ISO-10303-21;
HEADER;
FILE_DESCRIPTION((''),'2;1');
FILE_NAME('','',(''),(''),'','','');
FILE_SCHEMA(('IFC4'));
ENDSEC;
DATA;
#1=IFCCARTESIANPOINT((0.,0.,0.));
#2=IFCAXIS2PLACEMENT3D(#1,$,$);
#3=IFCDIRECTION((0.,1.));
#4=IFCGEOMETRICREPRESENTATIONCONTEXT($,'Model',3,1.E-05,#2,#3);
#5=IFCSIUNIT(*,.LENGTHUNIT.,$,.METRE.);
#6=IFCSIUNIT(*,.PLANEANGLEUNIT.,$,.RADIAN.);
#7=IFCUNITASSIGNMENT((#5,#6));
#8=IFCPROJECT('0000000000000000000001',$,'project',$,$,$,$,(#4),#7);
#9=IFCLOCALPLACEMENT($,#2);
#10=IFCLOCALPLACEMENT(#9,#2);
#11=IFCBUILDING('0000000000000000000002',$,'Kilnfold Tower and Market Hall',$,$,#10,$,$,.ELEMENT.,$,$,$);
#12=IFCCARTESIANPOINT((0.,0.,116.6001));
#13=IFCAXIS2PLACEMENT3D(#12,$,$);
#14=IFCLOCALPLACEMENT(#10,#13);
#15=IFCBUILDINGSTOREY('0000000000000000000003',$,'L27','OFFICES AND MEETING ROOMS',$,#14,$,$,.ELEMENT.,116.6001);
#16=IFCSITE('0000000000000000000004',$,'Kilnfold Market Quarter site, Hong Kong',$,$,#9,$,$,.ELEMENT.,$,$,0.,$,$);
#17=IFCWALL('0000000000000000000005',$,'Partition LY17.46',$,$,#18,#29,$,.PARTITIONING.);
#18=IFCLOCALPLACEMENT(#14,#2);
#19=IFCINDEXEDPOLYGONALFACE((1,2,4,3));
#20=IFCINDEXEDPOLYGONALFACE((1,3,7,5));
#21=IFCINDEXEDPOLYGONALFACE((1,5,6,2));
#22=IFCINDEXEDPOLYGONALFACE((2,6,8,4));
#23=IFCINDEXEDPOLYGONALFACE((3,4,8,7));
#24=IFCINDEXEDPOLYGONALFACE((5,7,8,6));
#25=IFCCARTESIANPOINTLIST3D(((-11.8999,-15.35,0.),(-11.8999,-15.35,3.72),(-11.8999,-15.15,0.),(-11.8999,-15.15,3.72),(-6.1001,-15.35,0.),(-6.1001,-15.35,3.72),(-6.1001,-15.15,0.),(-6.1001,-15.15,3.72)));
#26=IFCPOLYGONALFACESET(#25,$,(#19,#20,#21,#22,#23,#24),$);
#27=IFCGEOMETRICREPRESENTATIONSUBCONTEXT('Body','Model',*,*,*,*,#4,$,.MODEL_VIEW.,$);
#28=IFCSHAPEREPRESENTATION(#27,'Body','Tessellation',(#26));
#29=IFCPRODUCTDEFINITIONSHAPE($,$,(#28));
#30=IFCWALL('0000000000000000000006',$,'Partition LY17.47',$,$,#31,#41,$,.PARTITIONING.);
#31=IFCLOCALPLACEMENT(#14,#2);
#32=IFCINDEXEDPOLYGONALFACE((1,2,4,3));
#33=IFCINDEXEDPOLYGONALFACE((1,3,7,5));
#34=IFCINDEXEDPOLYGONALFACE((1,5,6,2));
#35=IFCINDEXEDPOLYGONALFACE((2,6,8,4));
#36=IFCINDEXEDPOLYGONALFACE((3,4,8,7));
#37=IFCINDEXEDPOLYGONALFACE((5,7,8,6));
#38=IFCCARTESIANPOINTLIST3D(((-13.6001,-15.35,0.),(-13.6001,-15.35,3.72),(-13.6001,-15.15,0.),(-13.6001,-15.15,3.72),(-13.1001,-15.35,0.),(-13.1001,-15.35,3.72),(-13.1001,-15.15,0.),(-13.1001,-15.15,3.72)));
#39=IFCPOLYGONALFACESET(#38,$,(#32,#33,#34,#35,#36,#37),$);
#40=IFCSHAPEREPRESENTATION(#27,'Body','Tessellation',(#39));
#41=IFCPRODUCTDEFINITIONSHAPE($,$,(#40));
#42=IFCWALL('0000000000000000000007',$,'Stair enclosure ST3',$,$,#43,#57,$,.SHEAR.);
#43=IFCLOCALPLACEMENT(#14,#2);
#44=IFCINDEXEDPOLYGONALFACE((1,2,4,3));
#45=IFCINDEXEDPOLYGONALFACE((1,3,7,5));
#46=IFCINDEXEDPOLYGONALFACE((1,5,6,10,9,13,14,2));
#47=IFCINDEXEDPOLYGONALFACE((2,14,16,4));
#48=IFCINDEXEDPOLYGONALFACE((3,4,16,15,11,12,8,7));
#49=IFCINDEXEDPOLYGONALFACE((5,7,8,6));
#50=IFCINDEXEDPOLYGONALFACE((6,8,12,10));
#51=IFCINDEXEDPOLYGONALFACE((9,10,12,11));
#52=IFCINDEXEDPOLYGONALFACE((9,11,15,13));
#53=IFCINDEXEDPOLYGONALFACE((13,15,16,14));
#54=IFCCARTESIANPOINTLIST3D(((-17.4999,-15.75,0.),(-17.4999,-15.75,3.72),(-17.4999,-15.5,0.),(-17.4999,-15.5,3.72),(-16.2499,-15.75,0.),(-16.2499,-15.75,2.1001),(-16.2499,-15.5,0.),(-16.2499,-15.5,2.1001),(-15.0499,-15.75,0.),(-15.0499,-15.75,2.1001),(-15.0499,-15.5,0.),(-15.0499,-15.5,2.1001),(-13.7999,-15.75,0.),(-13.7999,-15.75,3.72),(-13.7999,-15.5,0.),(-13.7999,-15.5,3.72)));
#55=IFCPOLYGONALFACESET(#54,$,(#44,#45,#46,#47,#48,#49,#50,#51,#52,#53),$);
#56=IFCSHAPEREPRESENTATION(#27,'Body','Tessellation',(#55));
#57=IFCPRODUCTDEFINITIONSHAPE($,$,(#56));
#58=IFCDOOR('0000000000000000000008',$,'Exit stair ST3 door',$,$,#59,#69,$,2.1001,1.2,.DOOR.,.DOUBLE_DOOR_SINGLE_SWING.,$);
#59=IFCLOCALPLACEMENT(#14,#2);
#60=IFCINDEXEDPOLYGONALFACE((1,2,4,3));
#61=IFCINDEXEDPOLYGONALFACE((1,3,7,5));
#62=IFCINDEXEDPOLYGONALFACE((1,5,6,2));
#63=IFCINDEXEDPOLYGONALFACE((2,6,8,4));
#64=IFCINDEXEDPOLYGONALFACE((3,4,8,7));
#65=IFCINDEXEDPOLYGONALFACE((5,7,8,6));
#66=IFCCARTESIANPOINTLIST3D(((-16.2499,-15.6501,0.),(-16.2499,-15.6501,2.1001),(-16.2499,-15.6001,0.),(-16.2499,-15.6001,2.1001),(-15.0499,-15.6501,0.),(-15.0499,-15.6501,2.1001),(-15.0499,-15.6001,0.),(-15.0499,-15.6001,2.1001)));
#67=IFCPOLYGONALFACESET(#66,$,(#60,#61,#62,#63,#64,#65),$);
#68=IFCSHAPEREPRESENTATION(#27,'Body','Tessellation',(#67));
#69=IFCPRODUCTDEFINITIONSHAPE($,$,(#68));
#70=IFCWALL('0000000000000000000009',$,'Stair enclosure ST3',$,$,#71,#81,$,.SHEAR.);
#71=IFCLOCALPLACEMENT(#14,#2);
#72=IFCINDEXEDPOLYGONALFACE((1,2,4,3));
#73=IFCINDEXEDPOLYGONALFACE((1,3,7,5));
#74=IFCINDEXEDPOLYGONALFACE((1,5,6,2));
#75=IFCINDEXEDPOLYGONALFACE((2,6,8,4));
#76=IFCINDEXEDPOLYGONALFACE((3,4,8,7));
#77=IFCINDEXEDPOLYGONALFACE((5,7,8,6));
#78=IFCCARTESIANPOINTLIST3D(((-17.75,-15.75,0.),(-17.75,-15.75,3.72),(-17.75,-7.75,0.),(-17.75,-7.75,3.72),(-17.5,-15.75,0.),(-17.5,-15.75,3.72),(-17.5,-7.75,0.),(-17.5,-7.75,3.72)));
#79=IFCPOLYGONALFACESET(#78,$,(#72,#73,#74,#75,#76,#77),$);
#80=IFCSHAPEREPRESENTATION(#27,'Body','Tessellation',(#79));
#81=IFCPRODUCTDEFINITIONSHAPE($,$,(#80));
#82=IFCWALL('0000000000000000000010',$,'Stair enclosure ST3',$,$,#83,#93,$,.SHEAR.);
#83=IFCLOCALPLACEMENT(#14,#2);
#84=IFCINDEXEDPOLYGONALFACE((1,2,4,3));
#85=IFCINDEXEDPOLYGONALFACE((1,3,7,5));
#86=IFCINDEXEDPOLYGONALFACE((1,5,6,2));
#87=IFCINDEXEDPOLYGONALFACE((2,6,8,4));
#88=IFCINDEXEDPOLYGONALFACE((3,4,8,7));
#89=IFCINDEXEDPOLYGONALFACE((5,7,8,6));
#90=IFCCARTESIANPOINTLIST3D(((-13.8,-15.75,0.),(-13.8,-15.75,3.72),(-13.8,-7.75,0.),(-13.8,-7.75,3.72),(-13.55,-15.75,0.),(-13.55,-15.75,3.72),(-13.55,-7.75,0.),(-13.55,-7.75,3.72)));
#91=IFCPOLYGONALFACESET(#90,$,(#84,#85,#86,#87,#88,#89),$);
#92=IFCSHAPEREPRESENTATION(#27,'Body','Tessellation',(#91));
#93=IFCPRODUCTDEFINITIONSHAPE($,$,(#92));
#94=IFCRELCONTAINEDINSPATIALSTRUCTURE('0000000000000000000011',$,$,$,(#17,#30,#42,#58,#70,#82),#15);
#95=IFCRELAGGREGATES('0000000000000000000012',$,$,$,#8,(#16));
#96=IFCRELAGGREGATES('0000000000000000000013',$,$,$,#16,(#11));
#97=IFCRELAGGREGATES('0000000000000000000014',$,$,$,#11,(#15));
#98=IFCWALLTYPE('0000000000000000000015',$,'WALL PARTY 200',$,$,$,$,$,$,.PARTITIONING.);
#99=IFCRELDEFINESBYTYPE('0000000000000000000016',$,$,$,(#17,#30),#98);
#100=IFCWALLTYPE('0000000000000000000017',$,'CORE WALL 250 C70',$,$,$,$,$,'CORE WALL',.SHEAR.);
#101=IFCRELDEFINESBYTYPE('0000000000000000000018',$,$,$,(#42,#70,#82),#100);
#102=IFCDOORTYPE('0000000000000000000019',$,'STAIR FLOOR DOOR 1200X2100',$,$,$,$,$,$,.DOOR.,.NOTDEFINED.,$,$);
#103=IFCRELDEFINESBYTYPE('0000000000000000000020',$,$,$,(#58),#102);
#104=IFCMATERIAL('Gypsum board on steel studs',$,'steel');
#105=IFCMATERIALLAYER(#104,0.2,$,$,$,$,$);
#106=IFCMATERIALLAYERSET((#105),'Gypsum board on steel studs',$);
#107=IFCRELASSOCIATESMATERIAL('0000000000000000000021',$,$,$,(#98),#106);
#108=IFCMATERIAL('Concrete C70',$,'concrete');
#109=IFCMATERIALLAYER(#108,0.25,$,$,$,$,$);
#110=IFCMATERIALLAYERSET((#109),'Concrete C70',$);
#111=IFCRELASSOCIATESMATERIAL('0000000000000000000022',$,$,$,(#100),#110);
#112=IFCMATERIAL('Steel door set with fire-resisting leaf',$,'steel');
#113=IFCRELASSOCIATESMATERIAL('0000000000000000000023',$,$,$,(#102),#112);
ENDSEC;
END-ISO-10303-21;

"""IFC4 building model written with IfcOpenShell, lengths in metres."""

from ifc_helpers import new_model, si_unit, direction, frame, frame_2d, origin, place, context, subcontext, project, spatial, rectangle, extrude, source, transform, mapped, material, layer, layer_set, type_object, element, fill, save


model = new_model("IFC4")

# Units and contexts
model_context = context("Model", 3, precision=1e-05, world=origin(), true_north=direction((0.0, 1.0)))
body_context = subcontext(model_context, "Body", "Model", "MODEL_VIEW")
ifc_project = project(units=[si_unit("LENGTHUNIT", "METRE"), si_unit("PLANEANGLEUNIT", "RADIAN")], contexts=[model_context])

# Site, building, storey
site_placement = place(None, origin())
site = spatial("IfcSite", under=ifc_project, at=site_placement, Name="Kilnfold Market Quarter site, Hong Kong", CompositionType="ELEMENT", RefElevation=0.0)
building_placement = place(site_placement, origin())
building = spatial("IfcBuilding", under=site, at=building_placement, Name="Kilnfold Tower and Market Hall", CompositionType="ELEMENT")
storey_placement = place(building_placement, frame((0.0, 0.0, 116.6001)))
storey = spatial("IfcBuildingStorey", under=building, at=storey_placement, Name="L27", Description="OFFICES AND MEETING ROOMS", CompositionType="ELEMENT", Elevation=116.6001)

# Walls
ifc_material_1 = material(Name="Gypsum board on steel studs", Category="steel")
ifc_layer_1 = layer(ifc_material_1, 0.2)
ifc_layer_set_1 = layer_set([ifc_layer_1], Name="Gypsum board on steel studs")
wall_type_1 = type_object("IfcWallType", Name="WALL PARTY 200", PredefinedType="PARTITIONING", material=ifc_layer_set_1)
wall_1_placement = place(storey_placement, frame((-11.8999, -15.25, 0.0), z_axis=(0.0, 0.0, 1.0), x_axis=(1.0, 0.0, 0.0)))
element("IfcWall", 1, at=wall_1_placement, inside=storey, type_object=wall_type_1, Name="Partition LY17.46", PredefinedType="PARTITIONING", context=body_context, shape_type="SweptSolid", body=[
    extrude(rectangle(XDim=5.7998, YDim=0.2, at=frame_2d((2.8999, 0.0))), origin(), (0.0, 0.0, 1.0), 3.72),
])
wall_2_placement = place(storey_placement, frame((-13.6001, -15.25, 0.0), z_axis=(0.0, 0.0, 1.0), x_axis=(1.0, 0.0, 0.0)))
element("IfcWall", 2, at=wall_2_placement, inside=storey, type_object=wall_type_1, Name="Partition LY17.47", PredefinedType="PARTITIONING", context=body_context, shape_type="SweptSolid", body=[
    extrude(rectangle(XDim=0.5, YDim=0.2, at=frame_2d((0.25, 0.0))), origin(), (0.0, 0.0, 1.0), 3.72),
])

# Wall, opening, door
ifc_material_2 = material(Name="Concrete C70", Category="concrete")
ifc_layer_2 = layer(ifc_material_2, 0.25)
ifc_layer_set_2 = layer_set([ifc_layer_2], Name="Concrete C70")
wall_type_2 = type_object("IfcWallType", Name="CORE WALL 250 C70", ElementType="CORE WALL", PredefinedType="SHEAR", material=ifc_layer_set_2)
shared_shape_1 = source(origin(), body_context, "Body", "SweptSolid", [
    extrude(rectangle(XDim=3.7, YDim=0.25, at=frame_2d((1.8501, 0.0))), origin(), (0.0, 0.0, 1.0), 3.72),
])
wall_3_placement = place(storey_placement, frame((-17.5, -15.625, 0.0), z_axis=(0.0, 0.0, 1.0), x_axis=(1.0, 0.0, 0.0)))
wall_3 = element("IfcWall", 3, at=wall_3_placement, inside=storey, type_object=wall_type_2, Name="Stair enclosure ST3", PredefinedType="SHEAR", context=body_context, shape_type="MappedRepresentation", body=[
    mapped(shared_shape_1, transform((0.0, 0.0, 0.0))),
])
opening_1_placement = place(wall_3_placement, frame((1.25, 0.0, 0.0)))
opening_1 = element("IfcOpeningElement", 4, at=opening_1_placement, cuts=wall_3, PredefinedType="OPENING", context=body_context, shape_type="SweptSolid", body=[
    extrude(rectangle(XDim=1.2, YDim=2.1001, at=frame_2d((0.6001, 1.05))), frame((0.0, 0.135, 0.0), z_axis=(0.0, -1.0, 0.0), x_axis=(1.0, 0.0, 0.0)), (0.0, 0.0, 1.0), 0.27),
])
ifc_material_3 = material(Name="Steel door set with fire-resisting leaf", Category="steel")
door_type_1 = type_object("IfcDoorType", Name="STAIR FLOOR DOOR 1200X2100", OperationType="NOTDEFINED", PredefinedType="DOOR", material=ifc_material_3)
door_1_placement = place(opening_1_placement, origin())
door_1 = element("IfcDoor", 5, at=door_1_placement, inside=storey, type_object=door_type_1, Name="Exit stair ST3 door", OperationType="DOUBLE_DOOR_SINGLE_SWING", OverallHeight=2.1001, OverallWidth=1.2, PredefinedType="DOOR", context=body_context, shape_type="SweptSolid", body=[
    extrude(rectangle(XDim=1.2, YDim=2.1001, at=frame_2d((0.6001, 1.05))), frame((0.0, 0.0249, 0.0), z_axis=(0.0, -1.0, 0.0), x_axis=(1.0, 0.0, 0.0)), (0.0, 0.0, 1.0), 0.05),
])
fill(opening_1, door_1)

# Walls
shared_shape_2 = source(origin(), body_context, "Body", "SweptSolid", [
    extrude(rectangle(XDim=8.0, YDim=0.25, at=frame_2d((4.0, 0.0))), origin(), (0.0, 0.0, 1.0), 3.72),
])
for number, where, z_axis, x_axis, name in (
    (6, (-17.625, -15.75, 0.0), (0.0, 0.0, 1.0), (0.0, 1.0, 0.0), "Stair enclosure ST3"),
    (7, (-13.675, -15.75, 0.0), (0.0, 0.0, 1.0), (0.0, 1.0, 0.0), "Stair enclosure ST3"),
):
    element("IfcWall", number, at=place(storey_placement, frame(where, z_axis=z_axis, x_axis=x_axis)), inside=storey, type_object=wall_type_2, Name=name, PredefinedType="SHEAR", context=body_context, shape_type="MappedRepresentation", body=[
        mapped(shared_shape_2, transform((0.0, 0.0, 0.0))),
    ])

save(model, "model.ifc")
